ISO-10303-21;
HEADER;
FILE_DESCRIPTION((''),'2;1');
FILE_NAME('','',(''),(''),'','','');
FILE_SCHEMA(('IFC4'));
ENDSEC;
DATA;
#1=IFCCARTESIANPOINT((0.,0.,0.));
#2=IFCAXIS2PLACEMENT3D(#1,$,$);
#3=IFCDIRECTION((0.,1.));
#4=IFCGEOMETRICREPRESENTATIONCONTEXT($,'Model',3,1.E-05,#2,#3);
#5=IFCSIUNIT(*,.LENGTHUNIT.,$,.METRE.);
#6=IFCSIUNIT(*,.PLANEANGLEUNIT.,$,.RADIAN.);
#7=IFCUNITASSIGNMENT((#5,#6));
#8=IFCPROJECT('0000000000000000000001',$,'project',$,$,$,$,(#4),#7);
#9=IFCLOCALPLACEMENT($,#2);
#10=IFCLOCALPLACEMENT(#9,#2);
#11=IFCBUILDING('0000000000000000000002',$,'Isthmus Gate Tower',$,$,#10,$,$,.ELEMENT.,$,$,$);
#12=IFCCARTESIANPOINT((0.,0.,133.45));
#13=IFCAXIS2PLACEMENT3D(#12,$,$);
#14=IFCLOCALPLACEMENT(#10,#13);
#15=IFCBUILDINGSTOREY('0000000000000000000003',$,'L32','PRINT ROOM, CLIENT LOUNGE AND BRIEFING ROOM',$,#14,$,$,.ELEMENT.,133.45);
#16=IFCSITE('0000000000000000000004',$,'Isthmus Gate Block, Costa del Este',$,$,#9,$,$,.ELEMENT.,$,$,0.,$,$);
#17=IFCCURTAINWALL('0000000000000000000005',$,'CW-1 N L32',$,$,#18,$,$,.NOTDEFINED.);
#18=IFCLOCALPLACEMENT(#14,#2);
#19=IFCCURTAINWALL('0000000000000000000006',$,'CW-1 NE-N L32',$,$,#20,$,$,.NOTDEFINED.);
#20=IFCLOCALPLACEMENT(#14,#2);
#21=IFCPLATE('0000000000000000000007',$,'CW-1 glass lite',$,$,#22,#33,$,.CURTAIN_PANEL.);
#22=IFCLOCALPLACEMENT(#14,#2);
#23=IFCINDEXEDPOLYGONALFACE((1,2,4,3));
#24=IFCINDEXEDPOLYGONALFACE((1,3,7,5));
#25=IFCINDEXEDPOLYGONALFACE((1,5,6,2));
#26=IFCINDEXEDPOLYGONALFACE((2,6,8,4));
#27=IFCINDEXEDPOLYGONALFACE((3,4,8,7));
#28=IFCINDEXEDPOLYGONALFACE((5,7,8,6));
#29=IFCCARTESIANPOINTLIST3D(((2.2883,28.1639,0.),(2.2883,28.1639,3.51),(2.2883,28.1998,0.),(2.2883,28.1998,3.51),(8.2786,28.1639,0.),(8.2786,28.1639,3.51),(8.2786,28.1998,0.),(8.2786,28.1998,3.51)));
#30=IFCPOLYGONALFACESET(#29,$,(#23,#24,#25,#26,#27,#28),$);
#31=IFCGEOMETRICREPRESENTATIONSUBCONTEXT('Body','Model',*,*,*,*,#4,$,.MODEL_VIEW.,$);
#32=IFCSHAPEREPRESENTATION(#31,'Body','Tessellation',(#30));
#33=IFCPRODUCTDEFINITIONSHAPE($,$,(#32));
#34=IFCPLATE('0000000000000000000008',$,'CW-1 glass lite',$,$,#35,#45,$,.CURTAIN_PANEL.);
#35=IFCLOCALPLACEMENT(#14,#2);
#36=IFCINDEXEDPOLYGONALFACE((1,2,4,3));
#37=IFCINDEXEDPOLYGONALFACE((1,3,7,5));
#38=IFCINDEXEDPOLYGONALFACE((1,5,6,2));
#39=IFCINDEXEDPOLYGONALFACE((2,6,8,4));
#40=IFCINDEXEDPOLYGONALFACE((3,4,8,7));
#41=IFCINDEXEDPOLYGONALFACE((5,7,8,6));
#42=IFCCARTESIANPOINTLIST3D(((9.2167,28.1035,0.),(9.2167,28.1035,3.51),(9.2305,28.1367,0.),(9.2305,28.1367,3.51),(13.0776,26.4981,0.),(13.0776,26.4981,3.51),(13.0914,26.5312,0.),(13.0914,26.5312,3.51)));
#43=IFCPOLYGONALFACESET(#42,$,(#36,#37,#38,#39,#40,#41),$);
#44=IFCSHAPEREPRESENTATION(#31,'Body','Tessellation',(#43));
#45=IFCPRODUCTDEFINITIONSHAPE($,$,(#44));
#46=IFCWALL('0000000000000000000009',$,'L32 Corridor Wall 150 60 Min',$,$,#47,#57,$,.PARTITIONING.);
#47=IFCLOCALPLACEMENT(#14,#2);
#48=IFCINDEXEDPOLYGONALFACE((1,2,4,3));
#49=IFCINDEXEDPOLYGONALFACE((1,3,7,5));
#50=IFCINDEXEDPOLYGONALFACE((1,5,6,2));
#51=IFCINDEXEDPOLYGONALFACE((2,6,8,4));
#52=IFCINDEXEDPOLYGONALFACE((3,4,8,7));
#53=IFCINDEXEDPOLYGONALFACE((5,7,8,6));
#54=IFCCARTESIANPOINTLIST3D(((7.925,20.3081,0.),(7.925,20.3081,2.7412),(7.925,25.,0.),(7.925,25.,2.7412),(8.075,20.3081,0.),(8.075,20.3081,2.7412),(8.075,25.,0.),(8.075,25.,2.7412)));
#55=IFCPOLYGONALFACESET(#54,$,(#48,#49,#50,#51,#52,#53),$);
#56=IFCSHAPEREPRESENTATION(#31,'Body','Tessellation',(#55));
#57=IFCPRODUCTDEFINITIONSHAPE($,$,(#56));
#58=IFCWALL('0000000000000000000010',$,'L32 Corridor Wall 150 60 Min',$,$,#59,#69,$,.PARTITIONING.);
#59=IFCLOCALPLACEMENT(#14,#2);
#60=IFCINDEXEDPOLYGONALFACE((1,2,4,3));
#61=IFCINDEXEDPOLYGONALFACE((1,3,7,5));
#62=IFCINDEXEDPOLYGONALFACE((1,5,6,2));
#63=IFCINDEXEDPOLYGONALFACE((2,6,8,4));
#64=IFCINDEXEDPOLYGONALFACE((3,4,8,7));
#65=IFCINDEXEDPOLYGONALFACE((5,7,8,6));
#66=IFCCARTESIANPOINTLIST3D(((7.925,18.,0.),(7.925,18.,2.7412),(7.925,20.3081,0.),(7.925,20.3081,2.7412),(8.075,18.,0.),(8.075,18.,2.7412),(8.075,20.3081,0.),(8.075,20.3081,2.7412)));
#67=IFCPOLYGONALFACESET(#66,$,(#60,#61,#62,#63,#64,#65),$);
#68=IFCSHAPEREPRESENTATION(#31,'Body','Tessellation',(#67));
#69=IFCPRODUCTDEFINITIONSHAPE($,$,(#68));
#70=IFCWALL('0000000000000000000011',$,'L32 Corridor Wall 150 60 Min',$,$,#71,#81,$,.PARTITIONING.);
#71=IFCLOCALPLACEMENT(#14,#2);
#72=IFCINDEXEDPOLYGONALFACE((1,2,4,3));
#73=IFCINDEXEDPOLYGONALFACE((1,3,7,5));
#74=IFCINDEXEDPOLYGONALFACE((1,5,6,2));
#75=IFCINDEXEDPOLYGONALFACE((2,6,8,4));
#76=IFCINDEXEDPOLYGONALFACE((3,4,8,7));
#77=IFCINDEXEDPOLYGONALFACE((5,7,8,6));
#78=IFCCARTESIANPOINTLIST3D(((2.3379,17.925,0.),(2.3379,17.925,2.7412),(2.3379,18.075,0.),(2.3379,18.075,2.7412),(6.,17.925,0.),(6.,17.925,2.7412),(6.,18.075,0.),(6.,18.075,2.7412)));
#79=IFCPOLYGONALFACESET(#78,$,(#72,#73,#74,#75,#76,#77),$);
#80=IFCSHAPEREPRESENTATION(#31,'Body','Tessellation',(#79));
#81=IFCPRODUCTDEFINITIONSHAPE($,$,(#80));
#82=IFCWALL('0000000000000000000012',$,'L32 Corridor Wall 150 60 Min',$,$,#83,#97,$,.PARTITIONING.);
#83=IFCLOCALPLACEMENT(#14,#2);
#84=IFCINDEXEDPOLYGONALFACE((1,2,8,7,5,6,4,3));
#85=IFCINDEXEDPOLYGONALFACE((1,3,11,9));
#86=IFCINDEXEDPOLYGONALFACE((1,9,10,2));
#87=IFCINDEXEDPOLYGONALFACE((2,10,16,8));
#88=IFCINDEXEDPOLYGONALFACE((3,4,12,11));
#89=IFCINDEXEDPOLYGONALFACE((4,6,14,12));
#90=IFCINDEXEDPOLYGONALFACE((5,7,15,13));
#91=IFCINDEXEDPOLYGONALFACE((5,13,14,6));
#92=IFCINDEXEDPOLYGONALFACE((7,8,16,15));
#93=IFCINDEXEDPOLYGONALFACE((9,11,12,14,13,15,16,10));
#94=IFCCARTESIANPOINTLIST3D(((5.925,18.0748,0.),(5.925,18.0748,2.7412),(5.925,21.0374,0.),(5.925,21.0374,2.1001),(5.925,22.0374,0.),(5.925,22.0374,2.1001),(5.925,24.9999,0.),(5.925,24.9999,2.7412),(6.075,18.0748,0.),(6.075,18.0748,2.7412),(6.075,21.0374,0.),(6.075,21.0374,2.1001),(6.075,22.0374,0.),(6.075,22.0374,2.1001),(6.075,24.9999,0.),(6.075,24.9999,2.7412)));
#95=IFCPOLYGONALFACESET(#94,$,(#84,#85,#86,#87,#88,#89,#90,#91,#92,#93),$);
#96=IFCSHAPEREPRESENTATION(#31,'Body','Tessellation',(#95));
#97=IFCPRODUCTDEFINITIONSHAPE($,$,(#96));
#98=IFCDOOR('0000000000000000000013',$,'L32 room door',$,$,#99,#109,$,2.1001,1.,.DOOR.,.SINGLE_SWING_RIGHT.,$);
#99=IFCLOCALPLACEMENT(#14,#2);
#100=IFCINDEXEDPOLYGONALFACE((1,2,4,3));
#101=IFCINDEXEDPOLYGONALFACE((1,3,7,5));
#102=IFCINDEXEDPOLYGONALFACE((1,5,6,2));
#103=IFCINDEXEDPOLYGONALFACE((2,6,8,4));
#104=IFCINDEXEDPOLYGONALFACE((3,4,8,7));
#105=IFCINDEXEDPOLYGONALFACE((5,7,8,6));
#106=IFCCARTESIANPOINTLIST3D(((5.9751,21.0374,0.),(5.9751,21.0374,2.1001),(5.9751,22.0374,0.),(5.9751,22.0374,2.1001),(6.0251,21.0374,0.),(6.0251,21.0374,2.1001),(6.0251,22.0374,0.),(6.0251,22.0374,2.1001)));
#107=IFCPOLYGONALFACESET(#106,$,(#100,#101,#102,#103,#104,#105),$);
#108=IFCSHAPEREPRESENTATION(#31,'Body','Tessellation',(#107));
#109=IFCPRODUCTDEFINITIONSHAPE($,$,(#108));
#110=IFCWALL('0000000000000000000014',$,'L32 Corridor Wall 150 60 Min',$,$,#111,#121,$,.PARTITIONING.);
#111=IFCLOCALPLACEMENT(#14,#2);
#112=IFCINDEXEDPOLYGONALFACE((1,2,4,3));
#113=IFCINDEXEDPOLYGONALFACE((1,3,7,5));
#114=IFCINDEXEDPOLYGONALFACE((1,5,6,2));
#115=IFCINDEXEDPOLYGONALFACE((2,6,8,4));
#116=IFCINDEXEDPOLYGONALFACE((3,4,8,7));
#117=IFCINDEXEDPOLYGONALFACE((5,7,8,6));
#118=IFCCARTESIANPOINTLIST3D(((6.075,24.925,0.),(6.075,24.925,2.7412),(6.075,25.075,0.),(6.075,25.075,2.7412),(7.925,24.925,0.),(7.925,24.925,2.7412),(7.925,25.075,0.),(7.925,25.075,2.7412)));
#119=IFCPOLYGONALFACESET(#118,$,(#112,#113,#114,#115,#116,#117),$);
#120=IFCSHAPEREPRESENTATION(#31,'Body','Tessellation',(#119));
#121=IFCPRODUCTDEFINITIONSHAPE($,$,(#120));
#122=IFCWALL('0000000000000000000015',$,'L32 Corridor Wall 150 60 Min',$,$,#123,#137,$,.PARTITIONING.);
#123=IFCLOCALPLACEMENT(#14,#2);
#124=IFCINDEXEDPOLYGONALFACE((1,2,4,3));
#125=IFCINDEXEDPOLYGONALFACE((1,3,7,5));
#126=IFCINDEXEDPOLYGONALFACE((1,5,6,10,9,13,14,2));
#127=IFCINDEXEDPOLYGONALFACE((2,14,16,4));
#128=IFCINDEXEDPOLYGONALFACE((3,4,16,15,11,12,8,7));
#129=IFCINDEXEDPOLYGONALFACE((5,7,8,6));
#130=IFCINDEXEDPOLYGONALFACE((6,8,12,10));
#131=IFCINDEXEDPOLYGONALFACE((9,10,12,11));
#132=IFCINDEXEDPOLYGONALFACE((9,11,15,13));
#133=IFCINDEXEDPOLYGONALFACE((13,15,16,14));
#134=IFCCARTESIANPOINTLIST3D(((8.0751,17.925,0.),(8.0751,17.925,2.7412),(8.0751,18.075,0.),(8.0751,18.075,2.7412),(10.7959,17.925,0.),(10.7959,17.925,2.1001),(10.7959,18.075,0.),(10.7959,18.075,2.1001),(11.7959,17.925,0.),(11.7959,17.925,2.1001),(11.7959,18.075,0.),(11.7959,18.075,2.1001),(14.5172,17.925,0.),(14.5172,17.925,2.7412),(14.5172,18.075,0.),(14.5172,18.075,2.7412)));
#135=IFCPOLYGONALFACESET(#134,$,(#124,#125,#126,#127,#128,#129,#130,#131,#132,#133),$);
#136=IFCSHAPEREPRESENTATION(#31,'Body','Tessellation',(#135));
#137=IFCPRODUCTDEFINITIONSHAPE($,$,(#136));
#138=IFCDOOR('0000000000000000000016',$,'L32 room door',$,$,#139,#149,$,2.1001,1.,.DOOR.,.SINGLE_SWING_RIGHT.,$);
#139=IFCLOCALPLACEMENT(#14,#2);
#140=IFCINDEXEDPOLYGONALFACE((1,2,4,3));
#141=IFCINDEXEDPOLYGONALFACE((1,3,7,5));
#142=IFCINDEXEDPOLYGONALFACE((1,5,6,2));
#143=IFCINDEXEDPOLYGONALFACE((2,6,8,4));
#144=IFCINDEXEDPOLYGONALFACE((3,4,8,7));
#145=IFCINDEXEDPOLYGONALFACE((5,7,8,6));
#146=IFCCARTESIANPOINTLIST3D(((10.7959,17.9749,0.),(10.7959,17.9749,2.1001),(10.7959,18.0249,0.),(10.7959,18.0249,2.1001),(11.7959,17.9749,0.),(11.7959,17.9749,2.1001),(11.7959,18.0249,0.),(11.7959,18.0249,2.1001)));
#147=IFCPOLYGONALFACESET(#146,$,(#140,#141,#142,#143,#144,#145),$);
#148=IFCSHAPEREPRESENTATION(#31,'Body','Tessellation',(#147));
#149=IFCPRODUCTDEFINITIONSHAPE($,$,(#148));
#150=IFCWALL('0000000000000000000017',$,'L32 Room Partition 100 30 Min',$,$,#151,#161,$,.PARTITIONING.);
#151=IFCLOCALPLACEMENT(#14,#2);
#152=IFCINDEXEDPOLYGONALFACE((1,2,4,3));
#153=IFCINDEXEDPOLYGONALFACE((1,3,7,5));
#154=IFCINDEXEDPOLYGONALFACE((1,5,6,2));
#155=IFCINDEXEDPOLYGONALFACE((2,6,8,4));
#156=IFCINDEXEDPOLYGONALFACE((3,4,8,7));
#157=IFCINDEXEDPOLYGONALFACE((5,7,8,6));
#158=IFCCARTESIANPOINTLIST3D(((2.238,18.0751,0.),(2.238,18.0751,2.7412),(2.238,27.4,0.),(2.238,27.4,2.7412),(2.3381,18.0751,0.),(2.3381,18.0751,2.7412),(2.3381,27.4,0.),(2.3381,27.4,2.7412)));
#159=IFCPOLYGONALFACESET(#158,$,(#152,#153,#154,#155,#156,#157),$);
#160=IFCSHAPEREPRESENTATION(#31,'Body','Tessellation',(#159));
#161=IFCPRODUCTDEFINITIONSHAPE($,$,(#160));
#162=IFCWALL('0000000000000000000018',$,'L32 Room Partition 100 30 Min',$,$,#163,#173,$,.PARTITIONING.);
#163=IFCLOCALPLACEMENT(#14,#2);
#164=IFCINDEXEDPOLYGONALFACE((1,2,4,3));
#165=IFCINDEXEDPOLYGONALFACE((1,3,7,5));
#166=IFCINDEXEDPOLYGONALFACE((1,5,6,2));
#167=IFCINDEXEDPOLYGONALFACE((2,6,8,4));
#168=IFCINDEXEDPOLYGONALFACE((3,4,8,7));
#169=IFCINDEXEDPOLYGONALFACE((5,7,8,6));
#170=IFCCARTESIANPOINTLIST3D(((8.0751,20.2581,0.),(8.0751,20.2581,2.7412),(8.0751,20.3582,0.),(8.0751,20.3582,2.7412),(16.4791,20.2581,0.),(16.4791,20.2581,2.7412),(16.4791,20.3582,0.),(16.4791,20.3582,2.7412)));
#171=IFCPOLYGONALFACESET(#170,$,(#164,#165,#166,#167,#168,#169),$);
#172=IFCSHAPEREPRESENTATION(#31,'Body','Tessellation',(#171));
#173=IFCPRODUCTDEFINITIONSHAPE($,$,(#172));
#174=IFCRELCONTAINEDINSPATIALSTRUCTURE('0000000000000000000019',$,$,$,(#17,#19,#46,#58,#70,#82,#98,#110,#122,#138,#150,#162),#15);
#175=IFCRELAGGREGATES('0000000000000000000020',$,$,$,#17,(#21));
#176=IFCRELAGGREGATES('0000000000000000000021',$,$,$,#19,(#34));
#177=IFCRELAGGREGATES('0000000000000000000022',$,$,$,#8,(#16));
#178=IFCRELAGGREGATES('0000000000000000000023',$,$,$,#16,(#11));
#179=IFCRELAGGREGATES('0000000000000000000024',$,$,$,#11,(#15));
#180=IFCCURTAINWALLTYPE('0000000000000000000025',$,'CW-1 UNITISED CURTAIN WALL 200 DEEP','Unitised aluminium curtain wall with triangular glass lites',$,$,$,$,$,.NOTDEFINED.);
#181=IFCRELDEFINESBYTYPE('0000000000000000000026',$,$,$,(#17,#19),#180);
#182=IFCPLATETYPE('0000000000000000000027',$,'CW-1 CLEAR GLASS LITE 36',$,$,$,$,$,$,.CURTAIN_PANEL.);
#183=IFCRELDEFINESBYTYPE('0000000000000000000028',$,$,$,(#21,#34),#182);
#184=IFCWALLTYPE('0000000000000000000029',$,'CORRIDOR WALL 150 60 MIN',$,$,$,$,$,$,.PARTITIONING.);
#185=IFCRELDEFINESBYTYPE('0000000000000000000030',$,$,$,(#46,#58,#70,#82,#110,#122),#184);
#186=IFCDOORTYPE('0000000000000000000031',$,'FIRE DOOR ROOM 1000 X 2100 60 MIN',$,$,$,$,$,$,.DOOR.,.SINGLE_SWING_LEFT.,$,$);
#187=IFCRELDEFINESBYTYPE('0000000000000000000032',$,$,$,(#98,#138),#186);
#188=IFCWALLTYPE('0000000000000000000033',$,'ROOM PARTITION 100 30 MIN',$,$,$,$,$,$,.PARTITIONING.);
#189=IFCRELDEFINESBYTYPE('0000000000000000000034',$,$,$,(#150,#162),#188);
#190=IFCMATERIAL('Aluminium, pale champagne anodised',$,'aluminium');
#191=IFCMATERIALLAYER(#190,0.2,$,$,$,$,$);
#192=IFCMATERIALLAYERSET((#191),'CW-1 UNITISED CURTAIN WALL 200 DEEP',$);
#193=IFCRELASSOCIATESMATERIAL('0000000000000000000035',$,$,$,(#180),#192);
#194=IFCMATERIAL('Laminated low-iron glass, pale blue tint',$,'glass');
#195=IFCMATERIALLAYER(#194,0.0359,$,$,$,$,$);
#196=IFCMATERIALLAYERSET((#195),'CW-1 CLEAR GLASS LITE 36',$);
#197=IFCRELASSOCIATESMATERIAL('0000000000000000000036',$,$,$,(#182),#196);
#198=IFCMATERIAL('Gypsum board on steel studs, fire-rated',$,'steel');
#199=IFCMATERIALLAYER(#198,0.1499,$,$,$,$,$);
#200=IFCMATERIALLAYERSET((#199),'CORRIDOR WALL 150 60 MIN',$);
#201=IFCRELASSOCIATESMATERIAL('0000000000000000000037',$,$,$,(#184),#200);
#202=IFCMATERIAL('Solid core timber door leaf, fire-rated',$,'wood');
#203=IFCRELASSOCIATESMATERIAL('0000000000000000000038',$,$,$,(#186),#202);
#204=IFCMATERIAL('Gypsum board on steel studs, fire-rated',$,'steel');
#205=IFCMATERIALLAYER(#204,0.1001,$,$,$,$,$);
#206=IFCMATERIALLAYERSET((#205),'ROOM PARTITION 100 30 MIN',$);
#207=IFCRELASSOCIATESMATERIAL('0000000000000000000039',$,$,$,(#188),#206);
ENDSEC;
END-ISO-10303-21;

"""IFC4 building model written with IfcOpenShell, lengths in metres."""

from ifc_helpers import new_model, si_unit, direction, frame, frame_2d, origin, origin_2d, place, context, subcontext, project, spatial, rectangle, extrude, material, layer, layer_set, type_object, element, fill, aggregate, save


model = new_model("IFC4")

# Units and contexts
model_context = context("Model", 3, precision=1e-05, world=origin(), true_north=direction((0.0, 1.0)))
body_context = subcontext(model_context, "Body", "Model", "MODEL_VIEW")
ifc_project = project(units=[si_unit("LENGTHUNIT", "METRE"), si_unit("PLANEANGLEUNIT", "RADIAN")], contexts=[model_context])

# Site, building, storey
site_placement = place(None, origin())
site = spatial("IfcSite", under=ifc_project, at=site_placement, Name="Isthmus Gate Block, Costa del Este", CompositionType="ELEMENT", RefElevation=0.0)
building_placement = place(site_placement, origin())
building = spatial("IfcBuilding", under=site, at=building_placement, Name="Isthmus Gate Tower", CompositionType="ELEMENT")
storey_placement = place(building_placement, frame((0.0, 0.0, 133.45)))
storey = spatial("IfcBuildingStorey", under=building, at=storey_placement, Name="L32", Description="PRINT ROOM, CLIENT LOUNGE AND BRIEFING ROOM", CompositionType="ELEMENT", Elevation=133.45)

# Curtain walls
ifc_material_1 = material(Name="Aluminium, pale champagne anodised", Category="aluminium")
ifc_layer_1 = layer(ifc_material_1, 0.2)
ifc_layer_set_1 = layer_set([ifc_layer_1], Name="CW-1 UNITISED CURTAIN WALL 200 DEEP")
curtain_wall_type = type_object("IfcCurtainWallType", Name="CW-1 UNITISED CURTAIN WALL 200 DEEP", Description="Unitised aluminium curtain wall with triangular glass lites", PredefinedType="NOTDEFINED", material=ifc_layer_set_1)
curtain_wall_1_placement = place(storey_placement, origin())
curtain_wall_1 = element("IfcCurtainWall", 1, at=curtain_wall_1_placement, inside=storey, type_object=curtain_wall_type, Name="CW-1 N L32", PredefinedType="NOTDEFINED")
curtain_wall_2_placement = place(storey_placement, origin())
curtain_wall_2 = element("IfcCurtainWall", 2, at=curtain_wall_2_placement, inside=storey, type_object=curtain_wall_type, Name="CW-1 NE-N L32", PredefinedType="NOTDEFINED")

# Plates
ifc_material_2 = material(Name="Laminated low-iron glass, pale blue tint", Category="glass")
ifc_layer_2 = layer(ifc_material_2, 0.0359)
ifc_layer_set_2 = layer_set([ifc_layer_2], Name="CW-1 CLEAR GLASS LITE 36")
plate_type = type_object("IfcPlateType", Name="CW-1 CLEAR GLASS LITE 36", PredefinedType="CURTAIN_PANEL", material=ifc_layer_set_2)
plate_1_placement = place(storey_placement, frame((5.2834, 28.1819, 0.0), z_axis=(0.0, 0.0, 1.0), x_axis=(-1.0, 0.0, 0.0)))
plate_1 = element("IfcPlate", 3, at=plate_1_placement, type_object=plate_type, Name="CW-1 glass lite", PredefinedType="CURTAIN_PANEL", context=body_context, shape_type="SweptSolid", body=[
    extrude(rectangle(XDim=5.9902, YDim=0.0359, at=origin_2d()), origin(), (0.0, 0.0, 1.0), 3.51),
])
aggregate(curtain_wall_1, [plate_1])
plate_2_placement = place(storey_placement, frame((11.1541, 27.3174, 0.0), z_axis=(0.0, 0.0, 1.0), x_axis=(-0.923353, 0.383952, 0.0)))
plate_2 = element("IfcPlate", 4, at=plate_2_placement, type_object=plate_type, Name="CW-1 glass lite", PredefinedType="CURTAIN_PANEL", context=body_context, shape_type="SweptSolid", body=[
    extrude(rectangle(XDim=4.1814, YDim=0.0359, at=origin_2d()), origin(), (0.0, 0.0, 1.0), 3.51),
])
aggregate(curtain_wall_2, [plate_2])

# Walls
ifc_material_3 = material(Name="Gypsum board on steel studs, fire-rated", Category="steel")
ifc_layer_3 = layer(ifc_material_3, 0.1499)
ifc_layer_set_3 = layer_set([ifc_layer_3], Name="CORRIDOR WALL 150 60 MIN")
wall_type_1 = type_object("IfcWallType", Name="CORRIDOR WALL 150 60 MIN", PredefinedType="PARTITIONING", material=ifc_layer_set_3)
wall_1_placement = place(storey_placement, frame((8.0, 25.0, 0.0), z_axis=(0.0, 0.0, 1.0), x_axis=(0.0, -1.0, 0.0)))
element("IfcWall", 5, at=wall_1_placement, inside=storey, type_object=wall_type_1, Name="L32 Corridor Wall 150 60 Min", PredefinedType="PARTITIONING", context=body_context, shape_type="SweptSolid", body=[
    extrude(rectangle(XDim=4.6919, YDim=0.1499, at=frame_2d((2.3459, 0.0))), origin(), (0.0, 0.0, 1.0), 2.7412),
])
wall_2_placement = place(storey_placement, frame((8.0, 20.3081, 0.0), z_axis=(0.0, 0.0, 1.0), x_axis=(0.0, -1.0, 0.0)))
element("IfcWall", 6, at=wall_2_placement, inside=storey, type_object=wall_type_1, Name="L32 Corridor Wall 150 60 Min", PredefinedType="PARTITIONING", context=body_context, shape_type="SweptSolid", body=[
    extrude(rectangle(XDim=2.3081, YDim=0.1499, at=frame_2d((1.1541, 0.0))), origin(), (0.0, 0.0, 1.0), 2.7412),
])
wall_3_placement = place(storey_placement, frame((2.3379, 18.0, 0.0), z_axis=(0.0, 0.0, 1.0), x_axis=(1.0, 0.0, 0.0)))
element("IfcWall", 7, at=wall_3_placement, inside=storey, type_object=wall_type_1, Name="L32 Corridor Wall 150 60 Min", PredefinedType="PARTITIONING", context=body_context, shape_type="SweptSolid", body=[
    extrude(rectangle(XDim=3.6621, YDim=0.1499, at=frame_2d((1.8311, 0.0))), origin(), (0.0, 0.0, 1.0), 2.7412),
])

# Wall, opening, door
wall_4_placement = place(storey_placement, frame((6.0, 18.075, 0.0), z_axis=(0.0, 0.0, 1.0), x_axis=(0.0, 1.0, 0.0)))
wall_4 = element("IfcWall", 8, at=wall_4_placement, inside=storey, type_object=wall_type_1, Name="L32 Corridor Wall 150 60 Min", PredefinedType="PARTITIONING", context=body_context, shape_type="SweptSolid", body=[
    extrude(rectangle(XDim=6.925, YDim=0.1499, at=frame_2d((3.4624, 0.0))), origin(), (0.0, 0.0, 1.0), 2.7412),
])
opening_1_placement = place(wall_4_placement, frame((2.9624, 0.0, 0.0)))
opening_1 = element("IfcOpeningElement", 9, at=opening_1_placement, cuts=wall_4, PredefinedType="OPENING", context=body_context, shape_type="SweptSolid", body=[
    extrude(rectangle(XDim=1.0, YDim=2.1001, at=frame_2d((0.5, 1.05))), frame((0.0, 0.085, 0.0), z_axis=(0.0, -1.0, 0.0), x_axis=(1.0, 0.0, 0.0)), (0.0, 0.0, 1.0), 0.1699),
])
ifc_material_4 = material(Name="Solid core timber door leaf, fire-rated", Category="wood")
door_type = type_object("IfcDoorType", Name="FIRE DOOR ROOM 1000 X 2100 60 MIN", OperationType="SINGLE_SWING_LEFT", PredefinedType="DOOR", material=ifc_material_4)
door_1_placement = place(opening_1_placement, origin())
door_1 = element("IfcDoor", 10, at=door_1_placement, inside=storey, type_object=door_type, Name="L32 room door", OperationType="SINGLE_SWING_RIGHT", OverallHeight=2.1001, OverallWidth=1.0, PredefinedType="DOOR", context=body_context, shape_type="SweptSolid", body=[
    extrude(rectangle(XDim=1.0, YDim=2.1001, at=frame_2d((0.5, 1.05))), frame((0.0, 0.0249, 0.0), z_axis=(0.0, -1.0, 0.0), x_axis=(1.0, 0.0, 0.0)), (0.0, 0.0, 1.0), 0.05),
])
fill(opening_1, door_1)

# Wall
wall_5_placement = place(storey_placement, frame((6.075, 25.0, 0.0), z_axis=(0.0, 0.0, 1.0), x_axis=(1.0, 0.0, 0.0)))
element("IfcWall", 11, at=wall_5_placement, inside=storey, type_object=wall_type_1, Name="L32 Corridor Wall 150 60 Min", PredefinedType="PARTITIONING", context=body_context, shape_type="SweptSolid", body=[
    extrude(rectangle(XDim=1.8501, YDim=0.1499, at=frame_2d((0.925, 0.0))), origin(), (0.0, 0.0, 1.0), 2.7412),
])

# Wall, opening, door
wall_6_placement = place(storey_placement, frame((8.075, 18.0, 0.0), z_axis=(0.0, 0.0, 1.0), x_axis=(1.0, 0.0, 0.0)))
wall_6 = element("IfcWall", 12, at=wall_6_placement, inside=storey, type_object=wall_type_1, Name="L32 Corridor Wall 150 60 Min", PredefinedType="PARTITIONING", context=body_context, shape_type="SweptSolid", body=[
    extrude(rectangle(XDim=6.4421, YDim=0.1499, at=frame_2d((3.2212, 0.0))), origin(), (0.0, 0.0, 1.0), 2.7412),
])
opening_2_placement = place(wall_6_placement, frame((2.7209, 0.0, 0.0)))
opening_2 = element("IfcOpeningElement", 13, at=opening_2_placement, cuts=wall_6, PredefinedType="OPENING", context=body_context, shape_type="SweptSolid", body=[
    extrude(rectangle(XDim=1.0, YDim=2.1001, at=frame_2d((0.5, 1.05))), frame((0.0, 0.085, 0.0), z_axis=(0.0, -1.0, 0.0), x_axis=(1.0, 0.0, 0.0)), (0.0, 0.0, 1.0), 0.1699),
])
door_2_placement = place(opening_2_placement, origin())
door_2 = element("IfcDoor", 14, at=door_2_placement, inside=storey, type_object=door_type, Name="L32 room door", OperationType="SINGLE_SWING_RIGHT", OverallHeight=2.1001, OverallWidth=1.0, PredefinedType="DOOR", context=body_context, shape_type="SweptSolid", body=[
    extrude(rectangle(XDim=1.0, YDim=2.1001, at=frame_2d((0.5, 1.05))), frame((0.0, 0.0249, 0.0), z_axis=(0.0, -1.0, 0.0), x_axis=(1.0, 0.0, 0.0)), (0.0, 0.0, 1.0), 0.05),
])
fill(opening_2, door_2)

# Walls
ifc_material_5 = material(Name="Gypsum board on steel studs, fire-rated", Category="steel")
ifc_layer_4 = layer(ifc_material_5, 0.1001)
ifc_layer_set_4 = layer_set([ifc_layer_4], Name="ROOM PARTITION 100 30 MIN")
wall_type_2 = type_object("IfcWallType", Name="ROOM PARTITION 100 30 MIN", PredefinedType="PARTITIONING", material=ifc_layer_set_4)
wall_7_placement = place(storey_placement, frame((2.2881, 18.075, 0.0), z_axis=(0.0, 0.0, 1.0), x_axis=(0.0, 1.0, 0.0)))
element("IfcWall", 15, at=wall_7_placement, inside=storey, type_object=wall_type_2, Name="L32 Room Partition 100 30 Min", PredefinedType="PARTITIONING", context=body_context, shape_type="SweptSolid", body=[
    extrude(rectangle(XDim=9.325, YDim=0.1001, at=frame_2d((4.6626, 0.0))), origin(), (0.0, 0.0, 1.0), 2.7412),
])
wall_8_placement = place(storey_placement, frame((8.075, 20.3081, 0.0), z_axis=(0.0, 0.0, 1.0), x_axis=(1.0, 0.0, 0.0)))
element("IfcWall", 16, at=wall_8_placement, inside=storey, type_object=wall_type_2, Name="L32 Room Partition 100 30 Min", PredefinedType="PARTITIONING", context=body_context, shape_type="SweptSolid", body=[
    extrude(rectangle(XDim=8.4041, YDim=0.1001, at=frame_2d((4.2021, 0.0))), origin(), (0.0, 0.0, 1.0), 2.7412),
])

save(model, "model.ifc")
